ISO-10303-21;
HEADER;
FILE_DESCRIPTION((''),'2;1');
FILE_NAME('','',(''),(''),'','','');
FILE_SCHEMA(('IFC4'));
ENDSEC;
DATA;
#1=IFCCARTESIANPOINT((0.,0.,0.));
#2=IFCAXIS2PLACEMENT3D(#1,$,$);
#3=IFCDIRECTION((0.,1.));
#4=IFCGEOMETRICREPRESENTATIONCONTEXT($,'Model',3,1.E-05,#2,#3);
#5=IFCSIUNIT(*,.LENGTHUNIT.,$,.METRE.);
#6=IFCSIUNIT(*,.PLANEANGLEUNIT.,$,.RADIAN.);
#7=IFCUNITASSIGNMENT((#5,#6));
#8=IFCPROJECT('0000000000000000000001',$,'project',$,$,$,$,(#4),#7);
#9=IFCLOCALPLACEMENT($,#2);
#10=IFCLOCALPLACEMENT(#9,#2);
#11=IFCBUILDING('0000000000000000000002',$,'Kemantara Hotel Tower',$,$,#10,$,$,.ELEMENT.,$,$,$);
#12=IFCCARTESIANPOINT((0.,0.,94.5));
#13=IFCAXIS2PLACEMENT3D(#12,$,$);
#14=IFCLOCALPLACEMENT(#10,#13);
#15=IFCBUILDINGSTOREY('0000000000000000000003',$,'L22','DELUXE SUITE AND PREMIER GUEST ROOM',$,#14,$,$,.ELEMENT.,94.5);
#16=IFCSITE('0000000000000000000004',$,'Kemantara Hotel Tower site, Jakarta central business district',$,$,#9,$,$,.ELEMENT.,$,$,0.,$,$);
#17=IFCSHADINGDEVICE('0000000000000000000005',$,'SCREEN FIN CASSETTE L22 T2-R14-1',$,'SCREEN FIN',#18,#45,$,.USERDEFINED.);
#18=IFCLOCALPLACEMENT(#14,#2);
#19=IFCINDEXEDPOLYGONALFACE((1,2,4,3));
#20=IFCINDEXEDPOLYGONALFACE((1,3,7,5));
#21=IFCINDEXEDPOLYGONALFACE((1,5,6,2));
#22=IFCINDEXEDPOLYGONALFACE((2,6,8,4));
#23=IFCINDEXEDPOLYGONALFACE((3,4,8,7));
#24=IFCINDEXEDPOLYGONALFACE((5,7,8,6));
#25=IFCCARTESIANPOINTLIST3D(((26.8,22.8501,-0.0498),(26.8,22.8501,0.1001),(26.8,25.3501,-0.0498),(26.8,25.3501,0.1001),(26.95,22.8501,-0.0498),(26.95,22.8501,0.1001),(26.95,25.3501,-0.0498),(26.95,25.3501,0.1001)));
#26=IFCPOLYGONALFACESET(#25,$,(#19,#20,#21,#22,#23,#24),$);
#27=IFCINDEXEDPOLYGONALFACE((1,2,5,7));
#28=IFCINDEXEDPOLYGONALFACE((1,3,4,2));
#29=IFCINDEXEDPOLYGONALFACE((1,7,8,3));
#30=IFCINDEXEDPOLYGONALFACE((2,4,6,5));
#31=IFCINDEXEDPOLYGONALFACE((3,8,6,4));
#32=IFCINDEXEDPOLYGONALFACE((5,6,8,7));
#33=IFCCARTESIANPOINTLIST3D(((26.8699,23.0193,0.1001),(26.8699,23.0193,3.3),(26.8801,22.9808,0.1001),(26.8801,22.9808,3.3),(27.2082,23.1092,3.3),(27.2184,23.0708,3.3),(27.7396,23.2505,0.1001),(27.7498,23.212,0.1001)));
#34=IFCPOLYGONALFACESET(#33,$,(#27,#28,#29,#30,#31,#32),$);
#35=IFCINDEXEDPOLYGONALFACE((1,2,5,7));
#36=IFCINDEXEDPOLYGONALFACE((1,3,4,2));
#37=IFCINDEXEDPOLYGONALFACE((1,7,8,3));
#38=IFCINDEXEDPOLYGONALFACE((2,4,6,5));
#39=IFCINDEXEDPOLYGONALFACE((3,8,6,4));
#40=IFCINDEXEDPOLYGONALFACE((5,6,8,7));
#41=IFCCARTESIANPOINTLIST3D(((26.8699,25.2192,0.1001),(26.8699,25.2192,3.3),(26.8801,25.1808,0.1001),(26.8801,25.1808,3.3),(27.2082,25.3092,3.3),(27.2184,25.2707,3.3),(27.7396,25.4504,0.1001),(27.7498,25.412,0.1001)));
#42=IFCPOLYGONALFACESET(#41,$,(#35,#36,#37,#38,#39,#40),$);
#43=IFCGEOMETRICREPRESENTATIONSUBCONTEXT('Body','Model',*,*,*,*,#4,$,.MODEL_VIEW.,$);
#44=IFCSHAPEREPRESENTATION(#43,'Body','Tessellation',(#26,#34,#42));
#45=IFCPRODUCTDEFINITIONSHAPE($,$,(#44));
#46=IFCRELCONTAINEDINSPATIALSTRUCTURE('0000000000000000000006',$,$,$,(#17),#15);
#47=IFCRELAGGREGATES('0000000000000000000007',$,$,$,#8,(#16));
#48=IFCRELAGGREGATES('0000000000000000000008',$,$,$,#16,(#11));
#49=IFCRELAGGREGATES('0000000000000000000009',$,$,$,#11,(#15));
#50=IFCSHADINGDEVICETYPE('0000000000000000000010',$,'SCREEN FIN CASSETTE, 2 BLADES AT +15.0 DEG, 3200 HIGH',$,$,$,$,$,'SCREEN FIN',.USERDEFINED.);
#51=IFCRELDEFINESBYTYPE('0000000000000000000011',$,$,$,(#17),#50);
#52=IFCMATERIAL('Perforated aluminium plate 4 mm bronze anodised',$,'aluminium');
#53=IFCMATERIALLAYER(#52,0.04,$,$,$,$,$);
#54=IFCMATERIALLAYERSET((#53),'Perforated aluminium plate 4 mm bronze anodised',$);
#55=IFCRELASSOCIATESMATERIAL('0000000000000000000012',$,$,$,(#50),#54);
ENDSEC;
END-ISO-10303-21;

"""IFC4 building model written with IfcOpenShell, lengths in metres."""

from ifc_helpers import new_model, si_unit, direction, frame, origin, origin_2d, place, context, subcontext, project, spatial, polyline, rectangle, outline, extrude, source, transform, mapped, material, layer, layer_set, type_object, element, save


model = new_model("IFC4")

# Units and contexts
model_context = context("Model", 3, precision=1e-05, world=origin(), true_north=direction((0.0, 1.0)))
body_context = subcontext(model_context, "Body", "Model", "MODEL_VIEW")
ifc_project = project(units=[si_unit("LENGTHUNIT", "METRE"), si_unit("PLANEANGLEUNIT", "RADIAN")], contexts=[model_context])

# Site, building, storey
site_placement = place(None, origin())
site = spatial("IfcSite", under=ifc_project, at=site_placement, Name="Kemantara Hotel Tower site, Jakarta central business district", CompositionType="ELEMENT", RefElevation=0.0)
building_placement = place(site_placement, origin())
building = spatial("IfcBuilding", under=site, at=building_placement, Name="Kemantara Hotel Tower", CompositionType="ELEMENT")
storey_placement = place(building_placement, frame((0.0, 0.0, 94.5)))
storey = spatial("IfcBuildingStorey", under=building, at=storey_placement, Name="L22", Description="DELUXE SUITE AND PREMIER GUEST ROOM", CompositionType="ELEMENT", Elevation=94.5)

# Shading device
ifc_material_1 = material(Name="Perforated aluminium plate 4 mm bronze anodised", Category="aluminium")
ifc_layer_1 = layer(ifc_material_1, 0.04)
ifc_layer_set_1 = layer_set([ifc_layer_1], Name="Perforated aluminium plate 4 mm bronze anodised")
shading_device_type_1 = type_object("IfcShadingDeviceType", Name="SCREEN FIN CASSETTE, 2 BLADES AT +15.0 DEG, 3200 HIGH", ElementType="SCREEN FIN", PredefinedType="USERDEFINED", material=ifc_layer_set_1)
shared_shape_1 = source(origin(), body_context, "Body", "SweptSolid", [
    extrude(rectangle(XDim=2.5, YDim=0.1499, at=origin_2d()), frame((1.1001, -0.075, -0.1499), z_axis=(0.0, 0.0, 1.0), x_axis=(1.0, 0.0, 0.0)), (0.0, 0.0, 1.0), 0.1499),
    extrude(outline(polyline([(0.0, 0.0), (0.8999, 0.0), (0.3501, 3.2), (0.0, 3.2), (0.0, 0.0)])), frame((0.0193, -0.0698, 0.0), z_axis=(-0.966438, -0.256901, 0.0), x_axis=(0.256901, -0.966438, 0.0)), (0.0, 0.0, 1.0), 0.0398),
    extrude(outline(polyline([(0.0, 0.0), (0.8999, 0.0), (0.3501, 3.2), (0.0, 3.2), (0.0, 0.0)])), frame((2.2192, -0.0698, 0.0), z_axis=(-0.966438, -0.256901, 0.0), x_axis=(0.256901, -0.966438, 0.0)), (0.0, 0.0, 1.0), 0.0398),
])
shading_device_1_placement = place(storey_placement, frame((26.8, 23.0, 0.1001), z_axis=(0.0, 0.0, 1.0), x_axis=(0.0, 1.0, 0.0)))
element("IfcShadingDevice", 1, at=shading_device_1_placement, inside=storey, type_object=shading_device_type_1, Name="SCREEN FIN CASSETTE L22 T2-R14-1", ObjectType="SCREEN FIN", PredefinedType="USERDEFINED", context=body_context, shape_type="MappedRepresentation", body=[
    mapped(shared_shape_1, transform((0.0, 0.0, 0.0))),
])

save(model, "model.ifc")
